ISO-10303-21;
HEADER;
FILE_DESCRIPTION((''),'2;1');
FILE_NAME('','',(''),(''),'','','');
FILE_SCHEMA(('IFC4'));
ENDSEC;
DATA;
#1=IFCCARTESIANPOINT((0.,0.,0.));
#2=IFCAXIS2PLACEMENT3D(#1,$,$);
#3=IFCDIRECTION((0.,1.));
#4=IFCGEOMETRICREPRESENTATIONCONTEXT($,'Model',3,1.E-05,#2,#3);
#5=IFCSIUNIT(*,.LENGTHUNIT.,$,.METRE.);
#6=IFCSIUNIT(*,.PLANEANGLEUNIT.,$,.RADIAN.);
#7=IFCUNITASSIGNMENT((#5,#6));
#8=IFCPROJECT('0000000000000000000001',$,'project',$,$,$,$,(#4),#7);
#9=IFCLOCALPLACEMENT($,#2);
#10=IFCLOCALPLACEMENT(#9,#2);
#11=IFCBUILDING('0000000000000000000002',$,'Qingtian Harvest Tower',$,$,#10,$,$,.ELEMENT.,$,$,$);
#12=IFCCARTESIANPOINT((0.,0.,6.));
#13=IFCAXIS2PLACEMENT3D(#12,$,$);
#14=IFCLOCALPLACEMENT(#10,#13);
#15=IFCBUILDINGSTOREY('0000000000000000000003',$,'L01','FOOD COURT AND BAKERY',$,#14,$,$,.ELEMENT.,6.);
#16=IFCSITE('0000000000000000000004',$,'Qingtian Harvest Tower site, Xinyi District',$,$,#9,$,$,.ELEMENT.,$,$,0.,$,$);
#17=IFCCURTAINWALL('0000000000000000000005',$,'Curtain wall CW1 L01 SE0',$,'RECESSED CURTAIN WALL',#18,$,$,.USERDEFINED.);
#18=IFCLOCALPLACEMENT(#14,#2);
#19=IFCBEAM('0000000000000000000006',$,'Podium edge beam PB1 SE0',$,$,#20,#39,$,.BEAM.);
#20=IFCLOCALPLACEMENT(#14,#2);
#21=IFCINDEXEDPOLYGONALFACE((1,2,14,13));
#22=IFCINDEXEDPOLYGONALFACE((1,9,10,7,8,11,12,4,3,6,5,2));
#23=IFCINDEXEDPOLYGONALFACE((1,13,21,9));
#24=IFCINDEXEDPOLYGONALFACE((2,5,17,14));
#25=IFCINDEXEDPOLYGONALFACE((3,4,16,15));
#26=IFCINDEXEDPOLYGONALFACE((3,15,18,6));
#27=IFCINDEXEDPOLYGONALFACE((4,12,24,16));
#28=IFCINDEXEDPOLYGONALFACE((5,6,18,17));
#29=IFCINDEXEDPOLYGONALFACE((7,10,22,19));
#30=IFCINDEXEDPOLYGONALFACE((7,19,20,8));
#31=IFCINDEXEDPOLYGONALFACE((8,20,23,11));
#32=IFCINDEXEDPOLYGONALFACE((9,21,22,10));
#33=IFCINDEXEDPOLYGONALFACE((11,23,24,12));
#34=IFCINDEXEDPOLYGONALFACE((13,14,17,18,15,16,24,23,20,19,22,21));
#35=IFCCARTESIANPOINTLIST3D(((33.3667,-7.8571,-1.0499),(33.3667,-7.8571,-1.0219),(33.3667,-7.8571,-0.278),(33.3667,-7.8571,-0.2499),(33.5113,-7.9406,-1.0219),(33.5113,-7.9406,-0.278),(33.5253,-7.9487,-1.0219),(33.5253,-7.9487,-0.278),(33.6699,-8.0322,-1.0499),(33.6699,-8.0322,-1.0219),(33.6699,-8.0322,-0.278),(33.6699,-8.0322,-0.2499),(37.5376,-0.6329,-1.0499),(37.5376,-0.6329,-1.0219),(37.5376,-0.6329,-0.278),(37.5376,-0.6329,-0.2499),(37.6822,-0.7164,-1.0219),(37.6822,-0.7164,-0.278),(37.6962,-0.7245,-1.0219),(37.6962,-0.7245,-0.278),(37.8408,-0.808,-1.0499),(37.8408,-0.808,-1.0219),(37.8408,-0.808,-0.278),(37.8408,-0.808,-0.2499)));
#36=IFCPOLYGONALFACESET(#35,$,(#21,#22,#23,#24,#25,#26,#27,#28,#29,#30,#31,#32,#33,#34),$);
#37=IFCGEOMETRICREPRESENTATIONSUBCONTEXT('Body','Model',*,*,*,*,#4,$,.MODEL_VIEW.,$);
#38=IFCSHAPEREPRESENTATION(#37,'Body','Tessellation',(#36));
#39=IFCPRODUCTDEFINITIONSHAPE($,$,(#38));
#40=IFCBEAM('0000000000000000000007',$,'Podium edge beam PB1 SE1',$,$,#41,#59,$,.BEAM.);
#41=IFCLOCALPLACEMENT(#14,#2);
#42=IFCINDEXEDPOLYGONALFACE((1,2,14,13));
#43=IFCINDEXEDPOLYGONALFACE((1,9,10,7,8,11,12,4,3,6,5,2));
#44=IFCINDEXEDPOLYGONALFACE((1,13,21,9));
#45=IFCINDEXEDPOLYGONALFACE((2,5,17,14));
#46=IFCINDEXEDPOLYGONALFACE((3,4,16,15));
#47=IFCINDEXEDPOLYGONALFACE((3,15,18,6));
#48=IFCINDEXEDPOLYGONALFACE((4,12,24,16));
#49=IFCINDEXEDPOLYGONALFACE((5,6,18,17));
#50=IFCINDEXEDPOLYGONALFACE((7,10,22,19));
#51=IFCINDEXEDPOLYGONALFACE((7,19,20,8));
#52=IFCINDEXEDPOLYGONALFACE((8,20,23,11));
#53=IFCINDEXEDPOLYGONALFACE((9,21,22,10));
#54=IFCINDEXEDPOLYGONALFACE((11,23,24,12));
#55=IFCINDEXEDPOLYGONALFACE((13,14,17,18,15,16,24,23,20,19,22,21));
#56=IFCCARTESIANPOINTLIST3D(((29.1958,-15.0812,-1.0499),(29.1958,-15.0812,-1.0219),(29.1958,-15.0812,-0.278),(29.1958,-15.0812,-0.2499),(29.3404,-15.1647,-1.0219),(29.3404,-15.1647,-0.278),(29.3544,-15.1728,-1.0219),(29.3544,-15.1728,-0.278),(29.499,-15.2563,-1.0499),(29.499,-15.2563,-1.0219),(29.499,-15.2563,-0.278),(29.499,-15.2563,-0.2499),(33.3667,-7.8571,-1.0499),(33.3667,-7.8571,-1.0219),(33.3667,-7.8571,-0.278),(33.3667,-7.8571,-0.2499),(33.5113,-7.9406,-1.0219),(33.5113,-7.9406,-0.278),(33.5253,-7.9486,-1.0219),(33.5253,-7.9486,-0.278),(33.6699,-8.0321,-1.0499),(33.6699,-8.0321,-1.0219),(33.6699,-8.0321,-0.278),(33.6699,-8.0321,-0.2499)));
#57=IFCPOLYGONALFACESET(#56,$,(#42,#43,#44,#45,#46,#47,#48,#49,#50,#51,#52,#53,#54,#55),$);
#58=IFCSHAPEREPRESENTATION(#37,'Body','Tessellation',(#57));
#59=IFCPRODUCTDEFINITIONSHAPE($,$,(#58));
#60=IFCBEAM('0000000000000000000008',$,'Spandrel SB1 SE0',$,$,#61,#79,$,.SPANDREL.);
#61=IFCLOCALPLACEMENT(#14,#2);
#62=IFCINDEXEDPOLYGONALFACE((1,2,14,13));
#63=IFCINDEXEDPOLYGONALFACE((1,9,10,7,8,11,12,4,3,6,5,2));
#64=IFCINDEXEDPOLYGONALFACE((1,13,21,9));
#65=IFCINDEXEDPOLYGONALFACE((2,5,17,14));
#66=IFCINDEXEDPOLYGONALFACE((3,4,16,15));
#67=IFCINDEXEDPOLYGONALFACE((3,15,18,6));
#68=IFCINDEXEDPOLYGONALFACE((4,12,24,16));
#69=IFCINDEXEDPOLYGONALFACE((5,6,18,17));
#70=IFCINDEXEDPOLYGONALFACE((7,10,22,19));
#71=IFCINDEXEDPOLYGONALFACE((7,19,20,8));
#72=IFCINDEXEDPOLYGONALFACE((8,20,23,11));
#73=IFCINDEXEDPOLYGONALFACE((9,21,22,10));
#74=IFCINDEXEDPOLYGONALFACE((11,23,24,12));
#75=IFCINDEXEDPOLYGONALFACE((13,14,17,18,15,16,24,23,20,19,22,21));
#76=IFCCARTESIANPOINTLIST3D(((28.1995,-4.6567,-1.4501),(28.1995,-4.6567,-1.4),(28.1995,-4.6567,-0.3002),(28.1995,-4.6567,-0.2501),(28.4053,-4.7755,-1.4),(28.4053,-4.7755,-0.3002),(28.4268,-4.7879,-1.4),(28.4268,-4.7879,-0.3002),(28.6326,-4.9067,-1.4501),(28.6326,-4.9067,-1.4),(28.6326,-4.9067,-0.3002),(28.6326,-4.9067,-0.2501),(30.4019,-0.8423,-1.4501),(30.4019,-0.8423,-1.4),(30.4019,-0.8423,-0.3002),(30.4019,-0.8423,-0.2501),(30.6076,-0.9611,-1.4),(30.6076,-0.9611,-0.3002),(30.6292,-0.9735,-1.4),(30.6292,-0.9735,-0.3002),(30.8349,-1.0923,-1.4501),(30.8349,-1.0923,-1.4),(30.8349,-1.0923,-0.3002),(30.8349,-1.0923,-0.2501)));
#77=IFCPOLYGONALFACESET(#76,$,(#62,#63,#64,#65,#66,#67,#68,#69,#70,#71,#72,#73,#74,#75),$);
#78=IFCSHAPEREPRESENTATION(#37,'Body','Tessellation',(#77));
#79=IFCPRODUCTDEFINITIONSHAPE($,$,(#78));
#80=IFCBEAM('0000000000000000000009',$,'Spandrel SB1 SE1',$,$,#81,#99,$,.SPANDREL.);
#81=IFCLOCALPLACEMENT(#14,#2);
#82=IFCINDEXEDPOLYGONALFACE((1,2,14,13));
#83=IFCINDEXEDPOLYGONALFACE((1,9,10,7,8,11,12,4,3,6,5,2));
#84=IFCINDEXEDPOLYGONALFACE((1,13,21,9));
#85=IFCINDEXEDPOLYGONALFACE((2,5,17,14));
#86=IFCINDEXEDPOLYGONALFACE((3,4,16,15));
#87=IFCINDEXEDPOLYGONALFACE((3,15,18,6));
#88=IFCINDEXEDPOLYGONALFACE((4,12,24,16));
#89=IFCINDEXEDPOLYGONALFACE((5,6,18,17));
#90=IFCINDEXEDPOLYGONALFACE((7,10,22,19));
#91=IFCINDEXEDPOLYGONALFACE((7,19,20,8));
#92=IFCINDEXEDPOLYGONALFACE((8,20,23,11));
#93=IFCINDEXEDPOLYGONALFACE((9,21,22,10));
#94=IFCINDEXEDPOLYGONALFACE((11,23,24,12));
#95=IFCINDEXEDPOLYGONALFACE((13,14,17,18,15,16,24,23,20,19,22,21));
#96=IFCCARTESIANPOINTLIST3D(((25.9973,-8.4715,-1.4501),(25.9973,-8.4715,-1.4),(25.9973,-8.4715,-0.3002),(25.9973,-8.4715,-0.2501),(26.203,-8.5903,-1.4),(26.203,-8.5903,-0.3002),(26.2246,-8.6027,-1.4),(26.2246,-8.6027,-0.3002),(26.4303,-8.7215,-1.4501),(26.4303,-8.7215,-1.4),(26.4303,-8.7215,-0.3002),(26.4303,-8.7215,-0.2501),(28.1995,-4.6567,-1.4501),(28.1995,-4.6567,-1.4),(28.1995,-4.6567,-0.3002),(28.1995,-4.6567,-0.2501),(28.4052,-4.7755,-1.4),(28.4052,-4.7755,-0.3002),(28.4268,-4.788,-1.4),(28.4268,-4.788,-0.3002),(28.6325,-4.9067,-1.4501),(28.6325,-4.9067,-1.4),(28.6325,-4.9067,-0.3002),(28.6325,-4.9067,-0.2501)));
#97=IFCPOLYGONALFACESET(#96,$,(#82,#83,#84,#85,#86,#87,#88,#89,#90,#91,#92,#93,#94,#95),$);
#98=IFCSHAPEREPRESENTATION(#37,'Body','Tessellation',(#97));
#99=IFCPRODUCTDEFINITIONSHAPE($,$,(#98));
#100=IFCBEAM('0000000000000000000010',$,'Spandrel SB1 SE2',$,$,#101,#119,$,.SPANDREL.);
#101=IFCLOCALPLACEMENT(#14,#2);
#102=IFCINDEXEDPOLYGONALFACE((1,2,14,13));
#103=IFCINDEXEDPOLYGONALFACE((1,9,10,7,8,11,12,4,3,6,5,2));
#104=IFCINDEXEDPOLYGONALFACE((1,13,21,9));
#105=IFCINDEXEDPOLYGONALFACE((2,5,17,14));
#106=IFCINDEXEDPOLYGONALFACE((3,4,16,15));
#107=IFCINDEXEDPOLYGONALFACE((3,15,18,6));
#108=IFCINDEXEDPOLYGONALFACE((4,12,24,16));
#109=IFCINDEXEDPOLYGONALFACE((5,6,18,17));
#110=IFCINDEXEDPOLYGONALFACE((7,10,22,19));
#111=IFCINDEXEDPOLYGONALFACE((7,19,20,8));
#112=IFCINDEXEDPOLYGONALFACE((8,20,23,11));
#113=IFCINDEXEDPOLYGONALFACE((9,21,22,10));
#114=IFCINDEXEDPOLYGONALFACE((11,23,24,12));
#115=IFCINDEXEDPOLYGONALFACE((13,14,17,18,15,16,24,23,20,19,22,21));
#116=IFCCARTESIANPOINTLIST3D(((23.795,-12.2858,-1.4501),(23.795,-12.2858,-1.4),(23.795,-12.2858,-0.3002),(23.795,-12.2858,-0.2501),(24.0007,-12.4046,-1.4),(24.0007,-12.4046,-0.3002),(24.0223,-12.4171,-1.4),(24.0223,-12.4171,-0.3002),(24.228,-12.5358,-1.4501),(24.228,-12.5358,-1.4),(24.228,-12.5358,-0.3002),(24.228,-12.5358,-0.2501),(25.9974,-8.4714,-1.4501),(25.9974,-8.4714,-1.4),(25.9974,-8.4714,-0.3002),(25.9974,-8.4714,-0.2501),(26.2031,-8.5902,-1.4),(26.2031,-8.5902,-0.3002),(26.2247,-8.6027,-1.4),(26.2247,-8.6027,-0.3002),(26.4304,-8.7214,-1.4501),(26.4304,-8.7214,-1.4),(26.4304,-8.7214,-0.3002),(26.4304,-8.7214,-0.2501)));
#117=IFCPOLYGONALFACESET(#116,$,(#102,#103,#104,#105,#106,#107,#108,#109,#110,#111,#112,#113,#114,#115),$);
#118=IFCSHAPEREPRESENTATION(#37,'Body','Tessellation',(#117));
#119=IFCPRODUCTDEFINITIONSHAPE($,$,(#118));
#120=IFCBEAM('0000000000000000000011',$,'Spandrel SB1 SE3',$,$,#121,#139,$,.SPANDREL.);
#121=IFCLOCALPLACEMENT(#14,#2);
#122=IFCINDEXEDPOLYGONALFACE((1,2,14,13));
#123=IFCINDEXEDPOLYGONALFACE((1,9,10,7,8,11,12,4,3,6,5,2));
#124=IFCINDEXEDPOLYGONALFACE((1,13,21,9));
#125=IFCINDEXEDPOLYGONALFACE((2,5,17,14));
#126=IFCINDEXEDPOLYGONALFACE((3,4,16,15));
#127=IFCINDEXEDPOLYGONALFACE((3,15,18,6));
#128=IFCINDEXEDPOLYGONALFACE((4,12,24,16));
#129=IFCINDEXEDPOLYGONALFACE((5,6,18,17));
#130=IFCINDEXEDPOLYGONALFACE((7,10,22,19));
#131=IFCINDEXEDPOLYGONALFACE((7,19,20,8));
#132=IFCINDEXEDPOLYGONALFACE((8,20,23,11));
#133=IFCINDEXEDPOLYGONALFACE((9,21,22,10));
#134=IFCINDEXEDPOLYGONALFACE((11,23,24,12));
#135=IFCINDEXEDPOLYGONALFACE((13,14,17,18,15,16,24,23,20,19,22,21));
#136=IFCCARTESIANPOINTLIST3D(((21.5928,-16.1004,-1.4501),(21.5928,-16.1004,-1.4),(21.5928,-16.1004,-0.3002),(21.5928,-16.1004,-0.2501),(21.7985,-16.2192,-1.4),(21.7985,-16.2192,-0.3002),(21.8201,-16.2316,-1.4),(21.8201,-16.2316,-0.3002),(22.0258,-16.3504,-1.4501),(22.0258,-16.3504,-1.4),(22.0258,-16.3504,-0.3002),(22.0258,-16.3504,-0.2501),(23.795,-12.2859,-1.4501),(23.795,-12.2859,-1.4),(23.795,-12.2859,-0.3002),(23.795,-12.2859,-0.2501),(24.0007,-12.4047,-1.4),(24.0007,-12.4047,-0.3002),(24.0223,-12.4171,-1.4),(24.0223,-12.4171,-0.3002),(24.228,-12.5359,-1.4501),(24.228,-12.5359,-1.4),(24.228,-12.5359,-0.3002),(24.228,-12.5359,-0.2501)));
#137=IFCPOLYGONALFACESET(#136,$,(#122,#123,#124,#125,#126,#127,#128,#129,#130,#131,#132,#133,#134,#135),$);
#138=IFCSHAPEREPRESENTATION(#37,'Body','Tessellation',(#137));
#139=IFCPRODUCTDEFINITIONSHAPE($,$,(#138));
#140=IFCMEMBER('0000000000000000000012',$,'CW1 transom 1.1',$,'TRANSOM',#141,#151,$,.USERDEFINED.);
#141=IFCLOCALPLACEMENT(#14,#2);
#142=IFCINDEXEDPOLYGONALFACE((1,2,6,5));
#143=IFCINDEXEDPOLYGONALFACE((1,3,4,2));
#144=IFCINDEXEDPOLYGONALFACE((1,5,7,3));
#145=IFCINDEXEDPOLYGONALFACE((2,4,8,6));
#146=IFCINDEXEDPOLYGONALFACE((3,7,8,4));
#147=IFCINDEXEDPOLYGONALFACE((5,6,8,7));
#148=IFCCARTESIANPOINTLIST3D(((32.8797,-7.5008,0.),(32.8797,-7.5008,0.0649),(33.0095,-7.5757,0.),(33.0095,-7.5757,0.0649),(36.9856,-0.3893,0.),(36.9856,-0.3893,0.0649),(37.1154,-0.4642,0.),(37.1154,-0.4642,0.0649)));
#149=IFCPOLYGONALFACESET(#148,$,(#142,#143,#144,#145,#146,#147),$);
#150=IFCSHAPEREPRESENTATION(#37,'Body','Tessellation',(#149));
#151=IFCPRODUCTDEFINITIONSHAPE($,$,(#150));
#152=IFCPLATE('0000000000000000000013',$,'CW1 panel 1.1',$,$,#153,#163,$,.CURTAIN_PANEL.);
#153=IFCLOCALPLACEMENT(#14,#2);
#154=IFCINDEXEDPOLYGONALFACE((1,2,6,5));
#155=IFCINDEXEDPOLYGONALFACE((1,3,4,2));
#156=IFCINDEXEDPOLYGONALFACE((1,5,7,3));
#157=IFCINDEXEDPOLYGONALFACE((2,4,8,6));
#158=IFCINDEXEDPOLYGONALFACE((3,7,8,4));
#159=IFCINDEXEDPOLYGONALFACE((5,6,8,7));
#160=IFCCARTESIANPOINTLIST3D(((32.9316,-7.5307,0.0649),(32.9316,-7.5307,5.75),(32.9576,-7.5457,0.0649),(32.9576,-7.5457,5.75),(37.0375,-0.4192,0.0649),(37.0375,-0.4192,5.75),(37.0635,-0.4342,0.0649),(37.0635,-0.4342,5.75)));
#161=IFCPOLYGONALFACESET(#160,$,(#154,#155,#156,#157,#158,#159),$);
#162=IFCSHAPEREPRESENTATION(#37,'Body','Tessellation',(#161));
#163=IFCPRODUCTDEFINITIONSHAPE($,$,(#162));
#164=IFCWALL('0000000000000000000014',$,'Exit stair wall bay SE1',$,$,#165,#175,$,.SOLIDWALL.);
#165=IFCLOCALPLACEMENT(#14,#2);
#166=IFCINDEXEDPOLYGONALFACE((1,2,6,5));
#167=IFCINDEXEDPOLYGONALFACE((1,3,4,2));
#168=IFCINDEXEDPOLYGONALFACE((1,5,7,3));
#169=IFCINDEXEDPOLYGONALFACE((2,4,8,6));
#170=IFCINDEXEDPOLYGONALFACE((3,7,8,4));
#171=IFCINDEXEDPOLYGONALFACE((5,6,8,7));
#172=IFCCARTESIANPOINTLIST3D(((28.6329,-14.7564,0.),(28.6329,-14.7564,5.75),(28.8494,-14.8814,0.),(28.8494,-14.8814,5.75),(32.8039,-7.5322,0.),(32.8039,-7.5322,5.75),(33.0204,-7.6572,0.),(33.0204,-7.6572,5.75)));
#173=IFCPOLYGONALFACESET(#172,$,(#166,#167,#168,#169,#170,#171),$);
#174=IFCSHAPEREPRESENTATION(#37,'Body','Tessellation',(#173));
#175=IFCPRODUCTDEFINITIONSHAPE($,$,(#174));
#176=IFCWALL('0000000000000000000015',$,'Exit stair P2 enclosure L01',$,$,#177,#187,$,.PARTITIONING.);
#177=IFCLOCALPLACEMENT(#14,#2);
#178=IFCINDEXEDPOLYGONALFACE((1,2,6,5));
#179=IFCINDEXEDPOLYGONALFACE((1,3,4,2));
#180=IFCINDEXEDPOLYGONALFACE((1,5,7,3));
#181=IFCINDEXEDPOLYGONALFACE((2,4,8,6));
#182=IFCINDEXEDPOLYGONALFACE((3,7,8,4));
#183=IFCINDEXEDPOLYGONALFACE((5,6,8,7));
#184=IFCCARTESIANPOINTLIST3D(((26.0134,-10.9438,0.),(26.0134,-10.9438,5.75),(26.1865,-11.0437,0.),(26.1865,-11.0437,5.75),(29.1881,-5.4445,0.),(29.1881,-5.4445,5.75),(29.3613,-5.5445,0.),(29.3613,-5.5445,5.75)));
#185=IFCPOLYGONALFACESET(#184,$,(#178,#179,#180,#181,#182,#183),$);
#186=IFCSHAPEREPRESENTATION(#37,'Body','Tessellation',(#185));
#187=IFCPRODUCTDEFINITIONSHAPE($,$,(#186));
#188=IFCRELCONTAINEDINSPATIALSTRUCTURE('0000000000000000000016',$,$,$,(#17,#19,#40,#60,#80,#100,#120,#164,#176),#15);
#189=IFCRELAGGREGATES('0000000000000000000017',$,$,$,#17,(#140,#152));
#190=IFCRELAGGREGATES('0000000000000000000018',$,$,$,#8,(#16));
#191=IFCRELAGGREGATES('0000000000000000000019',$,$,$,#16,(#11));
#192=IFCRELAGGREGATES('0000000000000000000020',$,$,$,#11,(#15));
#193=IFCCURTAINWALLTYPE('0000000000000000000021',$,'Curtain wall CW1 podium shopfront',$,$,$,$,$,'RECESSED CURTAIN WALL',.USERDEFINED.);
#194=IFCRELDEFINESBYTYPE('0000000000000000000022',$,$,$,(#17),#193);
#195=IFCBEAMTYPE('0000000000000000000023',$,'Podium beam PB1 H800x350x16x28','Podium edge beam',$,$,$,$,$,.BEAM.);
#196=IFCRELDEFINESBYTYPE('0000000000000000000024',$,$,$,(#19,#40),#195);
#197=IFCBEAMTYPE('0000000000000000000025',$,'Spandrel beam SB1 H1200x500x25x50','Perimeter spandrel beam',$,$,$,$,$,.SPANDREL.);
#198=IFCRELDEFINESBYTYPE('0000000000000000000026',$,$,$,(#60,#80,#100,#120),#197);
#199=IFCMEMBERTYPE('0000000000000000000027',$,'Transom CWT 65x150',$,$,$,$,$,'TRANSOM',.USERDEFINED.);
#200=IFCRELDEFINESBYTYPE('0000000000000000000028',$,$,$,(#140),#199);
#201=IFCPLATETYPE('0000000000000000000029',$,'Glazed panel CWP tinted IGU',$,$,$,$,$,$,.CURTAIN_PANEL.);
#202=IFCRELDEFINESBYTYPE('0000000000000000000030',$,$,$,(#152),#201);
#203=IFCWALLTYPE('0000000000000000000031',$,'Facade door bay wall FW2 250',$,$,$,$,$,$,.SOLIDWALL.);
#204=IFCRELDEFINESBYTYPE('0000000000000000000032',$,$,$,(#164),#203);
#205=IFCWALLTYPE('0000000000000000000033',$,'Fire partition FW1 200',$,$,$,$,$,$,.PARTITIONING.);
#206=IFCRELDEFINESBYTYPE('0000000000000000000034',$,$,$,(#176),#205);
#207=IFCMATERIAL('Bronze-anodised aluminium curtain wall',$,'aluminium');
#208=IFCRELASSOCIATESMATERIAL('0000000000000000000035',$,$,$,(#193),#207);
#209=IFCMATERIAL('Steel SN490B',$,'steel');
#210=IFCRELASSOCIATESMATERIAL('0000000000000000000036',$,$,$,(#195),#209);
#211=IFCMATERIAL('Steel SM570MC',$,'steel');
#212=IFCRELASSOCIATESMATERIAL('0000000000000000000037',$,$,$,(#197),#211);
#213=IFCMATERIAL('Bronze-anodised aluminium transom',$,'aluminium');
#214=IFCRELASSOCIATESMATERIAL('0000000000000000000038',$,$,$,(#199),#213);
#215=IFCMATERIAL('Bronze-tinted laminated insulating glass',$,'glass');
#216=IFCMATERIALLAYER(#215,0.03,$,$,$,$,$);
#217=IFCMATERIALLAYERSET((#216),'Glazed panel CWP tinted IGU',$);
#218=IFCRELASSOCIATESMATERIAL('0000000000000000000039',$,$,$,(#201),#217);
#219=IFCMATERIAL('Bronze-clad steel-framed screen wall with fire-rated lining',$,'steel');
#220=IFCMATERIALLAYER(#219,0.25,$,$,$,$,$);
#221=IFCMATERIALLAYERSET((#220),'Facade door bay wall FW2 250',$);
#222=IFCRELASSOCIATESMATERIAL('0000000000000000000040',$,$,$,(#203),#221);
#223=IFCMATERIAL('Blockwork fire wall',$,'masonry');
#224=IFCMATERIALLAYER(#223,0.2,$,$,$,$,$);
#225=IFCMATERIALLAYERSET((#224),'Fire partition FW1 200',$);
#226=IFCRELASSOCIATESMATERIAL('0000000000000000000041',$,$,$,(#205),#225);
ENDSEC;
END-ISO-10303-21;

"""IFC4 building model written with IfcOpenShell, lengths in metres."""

from ifc_helpers import new_model, si_unit, direction, frame, frame_2d, origin, origin_2d, place, context, subcontext, project, spatial, rectangle, i_section, extrude, material, layer, layer_set, material_profile, profile_set, type_object, element, aggregate, save


model = new_model("IFC4")

# Units and contexts
model_context = context("Model", 3, precision=1e-05, world=origin(), true_north=direction((0.0, 1.0)))
body_context = subcontext(model_context, "Body", "Model", "MODEL_VIEW")
ifc_project = project(units=[si_unit("LENGTHUNIT", "METRE"), si_unit("PLANEANGLEUNIT", "RADIAN")], contexts=[model_context])

# Site, building, storey
site_placement = place(None, origin())
site = spatial("IfcSite", under=ifc_project, at=site_placement, Name="Qingtian Harvest Tower site, Xinyi District", CompositionType="ELEMENT", RefElevation=0.0)
building_placement = place(site_placement, origin())
building = spatial("IfcBuilding", under=site, at=building_placement, Name="Qingtian Harvest Tower", CompositionType="ELEMENT")
storey_placement = place(building_placement, frame((0.0, 0.0, 6.0)))
storey = spatial("IfcBuildingStorey", under=building, at=storey_placement, Name="L01", Description="FOOD COURT AND BAKERY", CompositionType="ELEMENT", Elevation=6.0)

# Shared definitions
ifc_material_1 = material(Name="Bronze-anodised aluminium curtain wall", Category="aluminium")
curtain_wall_type = type_object("IfcCurtainWallType", Name="Curtain wall CW1 podium shopfront", ElementType="RECESSED CURTAIN WALL", PredefinedType="USERDEFINED", material=ifc_material_1)

# Curtain wall
curtain_wall_1_placement = place(storey_placement, origin())
curtain_wall_1 = element("IfcCurtainWall", 1, at=curtain_wall_1_placement, inside=storey, type_object=curtain_wall_type, Name="Curtain wall CW1 L01 SE0", ObjectType="RECESSED CURTAIN WALL", PredefinedType="USERDEFINED")

# Beams
ifc_material_2 = material(Name="Steel SN490B", Category="steel")
ifc_material_profile_1 = material_profile(ifc_material_2, i_section(OverallWidth=0.3501, OverallDepth=0.8, WebThickness=0.0161, FlangeThickness=0.0281, at=origin_2d()), Name="H800x350x16x28")
ifc_profile_set_1 = profile_set([ifc_material_profile_1], Name="Steel SN490B")
beam_type_1 = type_object("IfcBeamType", Name="Podium beam PB1 H800x350x16x28", Description="Podium edge beam", PredefinedType="BEAM", material=ifc_profile_set_1)
for number, where, z_axis, x_axis, name in (
    (2, (37.6892, -0.7205, -0.6499), (-0.500005, -0.866023, 0.0), (0.866023, -0.500005, 0.0), "Podium edge beam PB1 SE0"),
    (3, (33.5183, -7.9446, -0.6499), (-0.500005, -0.866023, 0.0), (0.866023, -0.500005, 0.0), "Podium edge beam PB1 SE1"),
):
    element("IfcBeam", number, at=place(storey_placement, frame(where, z_axis=z_axis, x_axis=x_axis)), inside=storey, type_object=beam_type_1, Name=name, PredefinedType="BEAM", context=body_context, shape_type="SweptSolid", body=[
        extrude(i_section(OverallWidth=0.3501, OverallDepth=0.8, WebThickness=0.0161, FlangeThickness=0.0281, at=origin_2d()), origin(), (0.0, 0.0, 1.0), 8.3418),
    ])
ifc_material_3 = material(Name="Steel SM570MC", Category="steel")
ifc_material_profile_2 = material_profile(ifc_material_3, i_section(OverallWidth=0.5, OverallDepth=1.2, WebThickness=0.0249, FlangeThickness=0.05, at=origin_2d()), Name="H1200x500x25x50")
ifc_profile_set_2 = profile_set([ifc_material_profile_2], Name="Steel SM570MC")
beam_type_2 = type_object("IfcBeamType", Name="Spandrel beam SB1 H1200x500x25x50", Description="Perimeter spandrel beam", PredefinedType="SPANDREL", material=ifc_profile_set_2)
beam_1_placement = place(storey_placement, frame((30.6184, -0.9673, -0.8501), z_axis=(-0.50002, -0.866014, 0.0), x_axis=(0.866014, -0.50002, 0.0)))
element("IfcBeam", 4, at=beam_1_placement, inside=storey, type_object=beam_type_2, Name="Spandrel SB1 SE0", PredefinedType="SPANDREL", context=body_context, shape_type="SweptSolid", body=[
    extrude(i_section(OverallWidth=0.5, OverallDepth=1.2, WebThickness=0.0249, FlangeThickness=0.05, at=origin_2d()), origin(), (0.0, 0.0, 1.0), 4.4045),
])
beam_2_placement = place(storey_placement, frame((28.416, -4.7817, -0.8501), z_axis=(-0.499954, -0.866052, 0.0), x_axis=(0.866052, -0.499954, 0.0)))
element("IfcBeam", 5, at=beam_2_placement, inside=storey, type_object=beam_type_2, Name="Spandrel SB1 SE1", PredefinedType="SPANDREL", context=body_context, shape_type="SweptSolid", body=[
    extrude(i_section(OverallWidth=0.5, OverallDepth=1.2, WebThickness=0.0249, FlangeThickness=0.05, at=origin_2d()), origin(), (0.0, 0.0, 1.0), 4.4048),
])
for number, where, z_axis, x_axis, name in (
    (6, (26.2139, -8.5964, -0.8501), (-0.50002, -0.866014, 0.0), (0.866014, -0.50002, 0.0), "Spandrel SB1 SE2"),
    (7, (24.0115, -12.4109, -0.8501), (-0.499978, -0.866038, 0.0), (0.866038, -0.499978, 0.0), "Spandrel SB1 SE3"),
):
    element("IfcBeam", number, at=place(storey_placement, frame(where, z_axis=z_axis, x_axis=x_axis)), inside=storey, type_object=beam_type_2, Name=name, PredefinedType="SPANDREL", context=body_context, shape_type="SweptSolid", body=[
        extrude(i_section(OverallWidth=0.5, OverallDepth=1.2, WebThickness=0.0249, FlangeThickness=0.05, at=origin_2d()), origin(), (0.0, 0.0, 1.0), 4.4045),
    ])

# Member
ifc_material_4 = material(Name="Bronze-anodised aluminium transom", Category="aluminium")
ifc_material_profile_3 = material_profile(ifc_material_4, rectangle(XDim=0.1499, YDim=0.0649, at=origin_2d()), Name="AL 65x150")
ifc_profile_set_3 = profile_set([ifc_material_profile_3], Name="Bronze-anodised aluminium transom")
member_type_1 = type_object("IfcMemberType", Name="Transom CWT 65x150", ElementType="TRANSOM", PredefinedType="USERDEFINED", material=ifc_profile_set_3)
member_1_placement = place(storey_placement, frame((37.0505, -0.4268, 0.0325), z_axis=(-0.500008, -0.866021, 0.0), x_axis=(0.866021, -0.500008, 0.0)))
member_1 = element("IfcMember", 8, at=member_1_placement, type_object=member_type_1, Name="CW1 transom 1.1", ObjectType="TRANSOM", PredefinedType="USERDEFINED", context=body_context, shape_type="SweptSolid", body=[
    extrude(rectangle(XDim=0.1499, YDim=0.0649, at=origin_2d()), origin(), (0.0, 0.0, 1.0), 8.2117),
])

# Plate
ifc_material_5 = material(Name="Bronze-tinted laminated insulating glass", Category="glass")
ifc_layer_1 = layer(ifc_material_5, 0.03)
ifc_layer_set_1 = layer_set([ifc_layer_1], Name="Glazed panel CWP tinted IGU")
plate_type = type_object("IfcPlateType", Name="Glazed panel CWP tinted IGU", PredefinedType="CURTAIN_PANEL", material=ifc_layer_set_1)
plate_placement = place(storey_placement, frame((34.9976, -3.9824, 0.0649), z_axis=(0.0, 0.0, 1.0), x_axis=(-0.5, -0.866025, 0.0)))
plate = element("IfcPlate", 9, at=plate_placement, type_object=plate_type, Name="CW1 panel 1.1", PredefinedType="CURTAIN_PANEL", context=body_context, shape_type="SweptSolid", body=[
    extrude(rectangle(XDim=8.2117, YDim=0.03, at=origin_2d()), origin(), (0.0, 0.0, 1.0), 5.6851),
])
aggregate(curtain_wall_1, [member_1, plate])

# Wall
ifc_material_6 = material(Name="Bronze-clad steel-framed screen wall with fire-rated lining", Category="steel")
ifc_layer_2 = layer(ifc_material_6, 0.25)
ifc_layer_set_2 = layer_set([ifc_layer_2], Name="Facade door bay wall FW2 250")
wall_type_1 = type_object("IfcWallType", Name="Facade door bay wall FW2 250", PredefinedType="SOLIDWALL", material=ifc_layer_set_2)
wall_1_placement = place(storey_placement, frame((32.9121, -7.5947, 0.0), z_axis=(0.0, 0.0, 1.0), x_axis=(-0.500005, -0.866023, 0.0)))
element("IfcWall", 10, at=wall_1_placement, inside=storey, type_object=wall_type_1, Name="Exit stair wall bay SE1", PredefinedType="SOLIDWALL", context=body_context, shape_type="SweptSolid", body=[
    extrude(rectangle(XDim=8.3418, YDim=0.25, at=frame_2d((4.1709, 0.0))), origin(), (0.0, 0.0, 1.0), 5.75),
])

# Shared definitions
ifc_material_7 = material(Name="Blockwork fire wall", Category="masonry")
ifc_layer_3 = layer(ifc_material_7, 0.2)
ifc_layer_set_3 = layer_set([ifc_layer_3], Name="Fire partition FW1 200")
wall_type_2 = type_object("IfcWallType", Name="Fire partition FW1 200", PredefinedType="PARTITIONING", material=ifc_layer_set_3)

# Wall
wall_2_placement = place(storey_placement, frame((29.2747, -5.4946, 0.0), z_axis=(0.0, 0.0, 1.0), x_axis=(-0.499977, -0.866039, 0.0)))
element("IfcWall", 11, at=wall_2_placement, inside=storey, type_object=wall_type_2, Name="Exit stair P2 enclosure L01", PredefinedType="PARTITIONING", context=body_context, shape_type="SweptSolid", body=[
    extrude(rectangle(XDim=6.3499, YDim=0.2, at=frame_2d((3.1748, 0.0))), origin(), (0.0, 0.0, 1.0), 5.75),
])

save(model, "model.ifc")
